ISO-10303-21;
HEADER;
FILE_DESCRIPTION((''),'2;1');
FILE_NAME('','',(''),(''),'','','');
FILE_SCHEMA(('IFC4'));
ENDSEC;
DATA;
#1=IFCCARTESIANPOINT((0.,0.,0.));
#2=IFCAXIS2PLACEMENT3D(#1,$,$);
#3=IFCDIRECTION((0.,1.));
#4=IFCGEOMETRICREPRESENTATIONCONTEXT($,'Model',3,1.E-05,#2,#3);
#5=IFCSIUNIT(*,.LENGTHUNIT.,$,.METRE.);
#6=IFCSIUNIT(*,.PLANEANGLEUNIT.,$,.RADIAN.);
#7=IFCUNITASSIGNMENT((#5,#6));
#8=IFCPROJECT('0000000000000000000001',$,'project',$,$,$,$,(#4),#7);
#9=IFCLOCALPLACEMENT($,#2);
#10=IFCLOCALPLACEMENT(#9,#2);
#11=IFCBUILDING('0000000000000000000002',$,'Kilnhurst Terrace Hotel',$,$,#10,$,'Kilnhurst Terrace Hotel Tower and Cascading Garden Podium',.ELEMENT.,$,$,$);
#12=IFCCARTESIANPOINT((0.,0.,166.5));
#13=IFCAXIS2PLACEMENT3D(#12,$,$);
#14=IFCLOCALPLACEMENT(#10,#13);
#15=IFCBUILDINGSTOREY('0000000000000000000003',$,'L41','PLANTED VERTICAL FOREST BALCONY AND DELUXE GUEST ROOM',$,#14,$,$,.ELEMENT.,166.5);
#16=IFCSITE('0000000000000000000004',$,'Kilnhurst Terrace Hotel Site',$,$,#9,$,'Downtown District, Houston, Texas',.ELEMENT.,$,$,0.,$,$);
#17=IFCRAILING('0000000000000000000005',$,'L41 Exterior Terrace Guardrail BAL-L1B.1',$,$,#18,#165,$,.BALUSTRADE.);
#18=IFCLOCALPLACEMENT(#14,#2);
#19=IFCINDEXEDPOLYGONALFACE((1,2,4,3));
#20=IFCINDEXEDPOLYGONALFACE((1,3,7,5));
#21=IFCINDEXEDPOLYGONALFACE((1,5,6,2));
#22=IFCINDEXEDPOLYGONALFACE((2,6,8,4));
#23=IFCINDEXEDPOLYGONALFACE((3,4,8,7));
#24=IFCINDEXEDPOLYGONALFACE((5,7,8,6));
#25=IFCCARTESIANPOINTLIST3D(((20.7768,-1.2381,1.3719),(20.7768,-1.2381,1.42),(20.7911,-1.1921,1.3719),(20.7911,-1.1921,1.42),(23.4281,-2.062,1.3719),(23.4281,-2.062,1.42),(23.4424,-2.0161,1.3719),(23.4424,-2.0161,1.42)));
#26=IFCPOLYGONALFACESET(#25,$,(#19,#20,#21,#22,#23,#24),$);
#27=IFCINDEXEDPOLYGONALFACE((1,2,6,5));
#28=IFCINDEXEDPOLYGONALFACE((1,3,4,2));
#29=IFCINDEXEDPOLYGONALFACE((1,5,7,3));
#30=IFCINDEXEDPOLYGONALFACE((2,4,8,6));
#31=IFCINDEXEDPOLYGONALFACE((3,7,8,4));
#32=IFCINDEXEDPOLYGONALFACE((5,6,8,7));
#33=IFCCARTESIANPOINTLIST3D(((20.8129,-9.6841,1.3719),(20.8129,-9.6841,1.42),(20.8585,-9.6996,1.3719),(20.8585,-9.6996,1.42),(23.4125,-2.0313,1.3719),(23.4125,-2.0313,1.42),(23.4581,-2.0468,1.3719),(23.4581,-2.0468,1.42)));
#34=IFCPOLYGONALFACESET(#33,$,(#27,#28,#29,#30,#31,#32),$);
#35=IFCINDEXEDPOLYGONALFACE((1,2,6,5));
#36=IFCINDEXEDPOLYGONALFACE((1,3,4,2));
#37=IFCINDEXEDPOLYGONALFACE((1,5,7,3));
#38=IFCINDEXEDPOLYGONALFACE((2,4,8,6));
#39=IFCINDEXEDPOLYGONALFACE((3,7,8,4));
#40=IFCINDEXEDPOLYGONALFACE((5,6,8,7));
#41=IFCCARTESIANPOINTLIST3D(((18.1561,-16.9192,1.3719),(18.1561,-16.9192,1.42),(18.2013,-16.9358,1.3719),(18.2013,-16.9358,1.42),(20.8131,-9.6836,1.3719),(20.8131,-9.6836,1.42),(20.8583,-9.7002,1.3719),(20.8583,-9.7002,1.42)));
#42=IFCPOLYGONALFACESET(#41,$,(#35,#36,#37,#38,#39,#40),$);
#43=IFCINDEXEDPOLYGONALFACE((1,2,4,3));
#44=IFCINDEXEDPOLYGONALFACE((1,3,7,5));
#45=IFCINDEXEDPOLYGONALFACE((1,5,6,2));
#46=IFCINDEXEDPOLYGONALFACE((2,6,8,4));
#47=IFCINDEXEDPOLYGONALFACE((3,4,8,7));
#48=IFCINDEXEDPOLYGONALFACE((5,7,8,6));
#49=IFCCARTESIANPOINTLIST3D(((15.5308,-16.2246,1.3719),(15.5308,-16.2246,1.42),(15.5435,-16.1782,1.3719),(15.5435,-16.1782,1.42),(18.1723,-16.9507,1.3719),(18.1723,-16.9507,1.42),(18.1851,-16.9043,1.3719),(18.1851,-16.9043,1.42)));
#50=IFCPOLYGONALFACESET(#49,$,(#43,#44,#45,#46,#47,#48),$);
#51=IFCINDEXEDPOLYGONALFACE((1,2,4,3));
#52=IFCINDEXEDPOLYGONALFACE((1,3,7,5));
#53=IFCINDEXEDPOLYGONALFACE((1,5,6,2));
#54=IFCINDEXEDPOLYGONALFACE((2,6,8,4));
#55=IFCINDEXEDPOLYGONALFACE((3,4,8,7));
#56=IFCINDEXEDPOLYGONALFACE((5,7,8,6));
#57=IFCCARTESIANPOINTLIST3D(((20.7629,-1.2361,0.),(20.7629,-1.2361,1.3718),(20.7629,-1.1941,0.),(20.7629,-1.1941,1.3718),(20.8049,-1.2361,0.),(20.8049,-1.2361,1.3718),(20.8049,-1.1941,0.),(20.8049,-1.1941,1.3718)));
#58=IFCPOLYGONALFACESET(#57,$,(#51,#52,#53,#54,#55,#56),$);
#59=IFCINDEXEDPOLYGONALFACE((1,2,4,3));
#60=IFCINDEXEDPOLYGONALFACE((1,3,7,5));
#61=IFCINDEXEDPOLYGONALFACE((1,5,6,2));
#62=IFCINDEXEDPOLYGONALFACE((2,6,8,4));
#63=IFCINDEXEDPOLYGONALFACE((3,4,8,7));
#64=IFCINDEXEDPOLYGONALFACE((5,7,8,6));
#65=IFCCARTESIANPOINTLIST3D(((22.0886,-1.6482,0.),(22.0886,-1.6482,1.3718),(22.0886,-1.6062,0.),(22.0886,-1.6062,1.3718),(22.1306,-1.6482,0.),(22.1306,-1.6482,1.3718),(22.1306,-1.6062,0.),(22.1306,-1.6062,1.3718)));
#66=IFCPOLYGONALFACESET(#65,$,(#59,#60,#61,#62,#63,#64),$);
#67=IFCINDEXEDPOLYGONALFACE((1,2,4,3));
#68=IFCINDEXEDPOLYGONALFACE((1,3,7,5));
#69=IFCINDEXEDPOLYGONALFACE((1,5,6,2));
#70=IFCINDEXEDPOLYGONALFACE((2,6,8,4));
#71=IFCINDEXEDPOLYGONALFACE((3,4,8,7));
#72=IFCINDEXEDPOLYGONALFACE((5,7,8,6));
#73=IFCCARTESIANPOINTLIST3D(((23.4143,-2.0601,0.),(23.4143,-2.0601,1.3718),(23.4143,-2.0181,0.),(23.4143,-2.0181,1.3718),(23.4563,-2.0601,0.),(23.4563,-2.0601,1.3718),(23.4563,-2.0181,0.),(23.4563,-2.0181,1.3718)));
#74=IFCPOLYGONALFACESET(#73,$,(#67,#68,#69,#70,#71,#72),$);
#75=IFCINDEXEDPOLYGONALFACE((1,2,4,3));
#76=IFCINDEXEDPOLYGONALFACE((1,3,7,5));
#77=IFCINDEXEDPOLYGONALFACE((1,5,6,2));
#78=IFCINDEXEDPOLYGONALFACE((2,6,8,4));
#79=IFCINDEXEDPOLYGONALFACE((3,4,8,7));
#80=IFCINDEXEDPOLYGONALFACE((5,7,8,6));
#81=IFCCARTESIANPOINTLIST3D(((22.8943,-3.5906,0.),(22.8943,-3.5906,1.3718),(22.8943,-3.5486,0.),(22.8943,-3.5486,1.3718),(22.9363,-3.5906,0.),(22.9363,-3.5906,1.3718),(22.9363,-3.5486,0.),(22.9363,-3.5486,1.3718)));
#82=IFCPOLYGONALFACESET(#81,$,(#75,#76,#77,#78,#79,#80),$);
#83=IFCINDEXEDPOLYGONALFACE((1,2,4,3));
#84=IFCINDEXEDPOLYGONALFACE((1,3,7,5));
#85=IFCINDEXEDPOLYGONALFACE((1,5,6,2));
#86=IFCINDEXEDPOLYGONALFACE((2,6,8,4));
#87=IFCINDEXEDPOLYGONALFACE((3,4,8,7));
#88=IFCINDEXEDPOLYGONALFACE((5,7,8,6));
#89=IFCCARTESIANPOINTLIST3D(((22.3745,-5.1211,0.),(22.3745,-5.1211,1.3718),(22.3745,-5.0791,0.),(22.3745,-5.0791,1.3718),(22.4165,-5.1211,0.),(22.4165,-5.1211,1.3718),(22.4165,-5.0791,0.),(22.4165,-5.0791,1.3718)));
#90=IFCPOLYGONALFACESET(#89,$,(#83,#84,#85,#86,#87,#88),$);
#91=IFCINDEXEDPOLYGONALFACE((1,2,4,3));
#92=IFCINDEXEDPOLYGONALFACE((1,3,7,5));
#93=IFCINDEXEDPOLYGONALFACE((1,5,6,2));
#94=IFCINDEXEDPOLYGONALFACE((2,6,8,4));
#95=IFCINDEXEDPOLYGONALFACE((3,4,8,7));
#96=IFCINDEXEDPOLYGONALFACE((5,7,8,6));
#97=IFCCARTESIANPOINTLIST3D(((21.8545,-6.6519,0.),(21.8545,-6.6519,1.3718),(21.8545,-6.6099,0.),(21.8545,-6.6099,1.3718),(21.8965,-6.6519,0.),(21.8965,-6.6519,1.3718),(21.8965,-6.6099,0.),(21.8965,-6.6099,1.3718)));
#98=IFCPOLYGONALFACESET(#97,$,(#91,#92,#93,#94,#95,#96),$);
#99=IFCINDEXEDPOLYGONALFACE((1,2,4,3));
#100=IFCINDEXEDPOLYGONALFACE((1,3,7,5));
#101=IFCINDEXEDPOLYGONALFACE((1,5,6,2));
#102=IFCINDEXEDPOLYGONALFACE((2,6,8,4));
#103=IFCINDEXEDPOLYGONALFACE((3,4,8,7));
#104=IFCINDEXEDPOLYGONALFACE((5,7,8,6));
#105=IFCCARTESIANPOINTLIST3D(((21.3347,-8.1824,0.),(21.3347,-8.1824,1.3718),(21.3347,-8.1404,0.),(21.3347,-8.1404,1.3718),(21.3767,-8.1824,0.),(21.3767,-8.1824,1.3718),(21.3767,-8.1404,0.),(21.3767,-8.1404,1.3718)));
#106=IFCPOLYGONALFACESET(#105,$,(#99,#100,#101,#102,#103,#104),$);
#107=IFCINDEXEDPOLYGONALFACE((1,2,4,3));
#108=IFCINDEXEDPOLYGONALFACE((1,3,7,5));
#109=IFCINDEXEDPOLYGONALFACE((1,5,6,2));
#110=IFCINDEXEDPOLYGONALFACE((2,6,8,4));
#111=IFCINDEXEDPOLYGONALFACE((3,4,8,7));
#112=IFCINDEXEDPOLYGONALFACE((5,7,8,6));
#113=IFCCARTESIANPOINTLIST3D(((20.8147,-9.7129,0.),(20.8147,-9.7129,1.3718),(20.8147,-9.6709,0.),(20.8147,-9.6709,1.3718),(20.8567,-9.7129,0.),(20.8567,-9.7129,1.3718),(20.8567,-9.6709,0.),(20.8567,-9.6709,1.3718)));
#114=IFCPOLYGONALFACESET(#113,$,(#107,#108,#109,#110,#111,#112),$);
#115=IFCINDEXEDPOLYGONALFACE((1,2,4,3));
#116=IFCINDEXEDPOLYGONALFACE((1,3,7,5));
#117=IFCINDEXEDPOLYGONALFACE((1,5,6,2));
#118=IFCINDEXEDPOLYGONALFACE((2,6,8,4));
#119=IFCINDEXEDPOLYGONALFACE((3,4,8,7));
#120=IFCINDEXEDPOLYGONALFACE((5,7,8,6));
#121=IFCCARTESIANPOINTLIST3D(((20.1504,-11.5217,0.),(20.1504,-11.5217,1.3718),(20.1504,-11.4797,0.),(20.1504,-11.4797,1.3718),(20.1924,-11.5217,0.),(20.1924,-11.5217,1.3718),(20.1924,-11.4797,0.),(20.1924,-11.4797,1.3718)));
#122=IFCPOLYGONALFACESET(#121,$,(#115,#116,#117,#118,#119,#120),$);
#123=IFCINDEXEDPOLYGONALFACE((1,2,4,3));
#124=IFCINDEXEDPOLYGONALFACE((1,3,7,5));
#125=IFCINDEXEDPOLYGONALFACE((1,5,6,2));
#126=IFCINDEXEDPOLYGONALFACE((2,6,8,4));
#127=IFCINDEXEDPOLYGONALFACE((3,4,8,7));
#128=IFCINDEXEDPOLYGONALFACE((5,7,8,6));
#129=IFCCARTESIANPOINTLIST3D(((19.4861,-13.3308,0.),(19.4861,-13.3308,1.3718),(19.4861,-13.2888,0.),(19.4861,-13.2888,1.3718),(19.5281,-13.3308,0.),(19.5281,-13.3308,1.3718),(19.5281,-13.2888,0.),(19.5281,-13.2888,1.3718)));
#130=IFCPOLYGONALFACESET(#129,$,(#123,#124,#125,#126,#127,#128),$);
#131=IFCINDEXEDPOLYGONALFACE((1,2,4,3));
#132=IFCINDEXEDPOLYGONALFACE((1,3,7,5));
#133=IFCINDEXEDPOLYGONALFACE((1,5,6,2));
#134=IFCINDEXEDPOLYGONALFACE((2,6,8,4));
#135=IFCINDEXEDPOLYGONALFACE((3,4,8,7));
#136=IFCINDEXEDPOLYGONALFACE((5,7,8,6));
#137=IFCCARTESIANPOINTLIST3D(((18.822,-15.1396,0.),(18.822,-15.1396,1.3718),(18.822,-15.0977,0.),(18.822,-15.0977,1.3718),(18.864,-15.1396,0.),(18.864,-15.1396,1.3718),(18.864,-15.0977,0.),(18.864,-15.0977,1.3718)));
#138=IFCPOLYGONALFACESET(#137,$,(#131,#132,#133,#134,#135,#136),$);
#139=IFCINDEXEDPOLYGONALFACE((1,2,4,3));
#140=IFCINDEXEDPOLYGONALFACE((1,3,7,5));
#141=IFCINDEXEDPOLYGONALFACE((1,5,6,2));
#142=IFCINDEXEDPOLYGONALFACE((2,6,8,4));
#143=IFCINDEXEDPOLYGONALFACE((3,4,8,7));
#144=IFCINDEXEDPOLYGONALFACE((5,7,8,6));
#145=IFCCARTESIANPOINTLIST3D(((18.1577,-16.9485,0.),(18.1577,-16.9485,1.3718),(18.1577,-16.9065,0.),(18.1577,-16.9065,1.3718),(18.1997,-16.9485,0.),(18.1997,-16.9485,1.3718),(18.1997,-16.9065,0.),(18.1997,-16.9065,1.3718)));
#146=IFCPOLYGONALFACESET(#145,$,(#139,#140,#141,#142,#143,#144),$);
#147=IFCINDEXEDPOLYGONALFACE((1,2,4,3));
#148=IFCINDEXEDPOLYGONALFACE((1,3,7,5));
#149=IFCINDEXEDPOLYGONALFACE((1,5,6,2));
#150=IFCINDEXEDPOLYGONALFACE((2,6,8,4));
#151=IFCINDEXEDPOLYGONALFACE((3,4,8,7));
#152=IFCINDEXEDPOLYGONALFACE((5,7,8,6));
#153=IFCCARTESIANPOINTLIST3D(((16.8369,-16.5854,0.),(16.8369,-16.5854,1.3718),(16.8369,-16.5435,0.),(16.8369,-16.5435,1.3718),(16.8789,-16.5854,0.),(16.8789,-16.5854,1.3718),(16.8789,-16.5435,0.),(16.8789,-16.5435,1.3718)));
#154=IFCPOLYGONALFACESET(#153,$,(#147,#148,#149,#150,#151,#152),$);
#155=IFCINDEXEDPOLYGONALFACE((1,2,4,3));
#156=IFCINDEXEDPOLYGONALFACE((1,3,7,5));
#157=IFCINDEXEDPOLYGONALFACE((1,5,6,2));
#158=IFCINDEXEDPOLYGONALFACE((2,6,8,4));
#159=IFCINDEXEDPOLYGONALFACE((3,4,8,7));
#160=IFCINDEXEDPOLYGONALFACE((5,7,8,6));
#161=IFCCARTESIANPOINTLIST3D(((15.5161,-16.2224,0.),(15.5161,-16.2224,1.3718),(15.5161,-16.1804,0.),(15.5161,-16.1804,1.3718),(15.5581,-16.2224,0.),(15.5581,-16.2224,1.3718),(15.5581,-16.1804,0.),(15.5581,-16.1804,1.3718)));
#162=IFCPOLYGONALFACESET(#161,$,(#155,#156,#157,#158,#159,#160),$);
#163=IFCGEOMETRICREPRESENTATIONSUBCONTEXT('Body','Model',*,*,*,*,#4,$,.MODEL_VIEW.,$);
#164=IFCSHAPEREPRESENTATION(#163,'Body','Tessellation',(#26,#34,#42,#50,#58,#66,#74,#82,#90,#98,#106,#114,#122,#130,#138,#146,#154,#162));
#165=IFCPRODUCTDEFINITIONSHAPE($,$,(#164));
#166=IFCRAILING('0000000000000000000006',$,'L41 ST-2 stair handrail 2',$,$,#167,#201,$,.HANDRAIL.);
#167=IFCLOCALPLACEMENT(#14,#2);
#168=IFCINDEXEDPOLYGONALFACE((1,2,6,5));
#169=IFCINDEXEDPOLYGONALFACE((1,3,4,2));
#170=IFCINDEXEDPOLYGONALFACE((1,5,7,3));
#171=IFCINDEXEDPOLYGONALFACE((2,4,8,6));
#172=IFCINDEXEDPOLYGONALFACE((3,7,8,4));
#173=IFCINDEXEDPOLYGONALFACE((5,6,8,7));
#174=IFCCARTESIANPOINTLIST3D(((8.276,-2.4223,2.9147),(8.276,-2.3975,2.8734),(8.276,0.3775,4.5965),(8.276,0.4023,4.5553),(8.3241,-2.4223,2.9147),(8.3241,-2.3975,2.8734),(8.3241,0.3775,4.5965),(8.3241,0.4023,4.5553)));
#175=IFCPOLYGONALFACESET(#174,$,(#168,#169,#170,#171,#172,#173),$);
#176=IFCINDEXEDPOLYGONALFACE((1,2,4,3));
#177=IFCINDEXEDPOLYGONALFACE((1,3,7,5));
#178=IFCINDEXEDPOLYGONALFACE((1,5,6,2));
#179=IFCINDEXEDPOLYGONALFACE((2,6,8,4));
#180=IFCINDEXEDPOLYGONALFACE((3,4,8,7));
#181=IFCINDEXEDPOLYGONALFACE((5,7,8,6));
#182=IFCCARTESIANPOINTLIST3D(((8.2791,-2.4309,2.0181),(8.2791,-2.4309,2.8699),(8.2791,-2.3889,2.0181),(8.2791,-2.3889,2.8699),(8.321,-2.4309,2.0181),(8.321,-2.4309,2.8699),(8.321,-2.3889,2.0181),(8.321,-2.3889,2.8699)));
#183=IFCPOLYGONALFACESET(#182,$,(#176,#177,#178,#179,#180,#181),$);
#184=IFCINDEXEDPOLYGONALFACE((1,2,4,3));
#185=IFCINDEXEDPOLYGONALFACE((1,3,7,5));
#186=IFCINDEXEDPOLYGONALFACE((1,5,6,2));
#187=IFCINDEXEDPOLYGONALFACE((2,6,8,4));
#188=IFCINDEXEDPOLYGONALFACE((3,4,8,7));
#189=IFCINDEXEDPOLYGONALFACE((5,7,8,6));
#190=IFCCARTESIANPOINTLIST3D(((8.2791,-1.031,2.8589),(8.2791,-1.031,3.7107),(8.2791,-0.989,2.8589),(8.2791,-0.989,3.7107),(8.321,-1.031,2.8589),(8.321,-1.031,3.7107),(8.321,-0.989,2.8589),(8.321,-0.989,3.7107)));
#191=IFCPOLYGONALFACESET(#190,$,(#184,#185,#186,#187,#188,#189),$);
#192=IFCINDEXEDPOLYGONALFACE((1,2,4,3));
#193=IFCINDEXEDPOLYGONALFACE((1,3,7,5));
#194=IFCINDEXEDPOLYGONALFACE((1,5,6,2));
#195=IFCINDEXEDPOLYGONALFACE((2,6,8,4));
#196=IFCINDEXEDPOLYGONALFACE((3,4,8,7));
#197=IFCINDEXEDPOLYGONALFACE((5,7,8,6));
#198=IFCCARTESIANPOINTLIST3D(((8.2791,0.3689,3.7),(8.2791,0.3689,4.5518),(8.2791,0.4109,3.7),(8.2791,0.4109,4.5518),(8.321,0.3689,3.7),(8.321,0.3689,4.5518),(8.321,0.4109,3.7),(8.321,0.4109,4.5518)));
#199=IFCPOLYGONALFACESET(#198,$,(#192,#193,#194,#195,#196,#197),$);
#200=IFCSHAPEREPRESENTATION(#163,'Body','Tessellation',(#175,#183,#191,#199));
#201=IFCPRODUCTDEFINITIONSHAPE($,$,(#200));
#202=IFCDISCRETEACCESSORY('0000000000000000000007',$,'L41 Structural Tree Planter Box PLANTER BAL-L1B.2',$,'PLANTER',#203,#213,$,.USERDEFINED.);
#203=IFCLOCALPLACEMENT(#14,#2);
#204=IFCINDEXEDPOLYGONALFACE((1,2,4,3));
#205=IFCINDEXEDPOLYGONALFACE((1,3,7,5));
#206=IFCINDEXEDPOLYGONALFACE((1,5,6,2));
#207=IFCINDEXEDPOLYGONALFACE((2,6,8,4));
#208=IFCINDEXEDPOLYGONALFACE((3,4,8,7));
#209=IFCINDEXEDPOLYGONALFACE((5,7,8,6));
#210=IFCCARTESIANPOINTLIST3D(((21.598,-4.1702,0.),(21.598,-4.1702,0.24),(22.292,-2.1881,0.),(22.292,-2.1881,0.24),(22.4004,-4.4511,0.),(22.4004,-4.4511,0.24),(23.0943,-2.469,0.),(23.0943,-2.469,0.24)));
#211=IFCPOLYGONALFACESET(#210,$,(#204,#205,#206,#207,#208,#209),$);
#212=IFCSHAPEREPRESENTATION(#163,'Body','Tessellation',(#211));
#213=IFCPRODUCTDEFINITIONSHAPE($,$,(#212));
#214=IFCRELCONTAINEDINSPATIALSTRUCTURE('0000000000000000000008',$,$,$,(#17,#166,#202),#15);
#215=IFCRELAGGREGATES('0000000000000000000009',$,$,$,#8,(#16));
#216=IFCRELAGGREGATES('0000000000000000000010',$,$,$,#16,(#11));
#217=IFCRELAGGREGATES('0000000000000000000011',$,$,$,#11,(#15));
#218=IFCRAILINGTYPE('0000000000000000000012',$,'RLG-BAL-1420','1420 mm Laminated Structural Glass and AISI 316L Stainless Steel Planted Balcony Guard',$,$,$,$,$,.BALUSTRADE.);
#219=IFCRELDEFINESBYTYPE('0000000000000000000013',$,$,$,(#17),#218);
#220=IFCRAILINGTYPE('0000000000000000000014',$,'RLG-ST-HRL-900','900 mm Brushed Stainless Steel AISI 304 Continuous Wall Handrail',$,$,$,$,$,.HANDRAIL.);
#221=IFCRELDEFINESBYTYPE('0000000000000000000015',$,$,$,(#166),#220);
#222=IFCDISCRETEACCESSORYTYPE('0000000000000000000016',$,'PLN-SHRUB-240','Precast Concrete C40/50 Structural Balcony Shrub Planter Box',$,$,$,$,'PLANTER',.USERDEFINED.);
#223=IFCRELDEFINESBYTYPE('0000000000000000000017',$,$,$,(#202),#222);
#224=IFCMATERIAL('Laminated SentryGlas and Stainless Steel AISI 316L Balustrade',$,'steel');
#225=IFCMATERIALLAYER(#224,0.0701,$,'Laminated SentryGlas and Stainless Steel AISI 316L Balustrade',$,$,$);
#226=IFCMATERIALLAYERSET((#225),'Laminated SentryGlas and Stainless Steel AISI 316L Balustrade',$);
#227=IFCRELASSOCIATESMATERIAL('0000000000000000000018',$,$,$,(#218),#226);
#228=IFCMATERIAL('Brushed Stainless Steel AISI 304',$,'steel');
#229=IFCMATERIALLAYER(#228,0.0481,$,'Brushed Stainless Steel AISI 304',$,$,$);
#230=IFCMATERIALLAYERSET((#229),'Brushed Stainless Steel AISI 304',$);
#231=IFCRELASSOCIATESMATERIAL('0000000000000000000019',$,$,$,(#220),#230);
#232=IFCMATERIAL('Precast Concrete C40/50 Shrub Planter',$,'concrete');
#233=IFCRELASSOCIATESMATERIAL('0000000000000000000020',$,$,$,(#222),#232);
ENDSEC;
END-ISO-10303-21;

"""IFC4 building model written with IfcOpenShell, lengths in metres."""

from ifc_helpers import new_model, si_unit, direction, frame, origin, origin_2d, place, context, subcontext, project, spatial, rectangle, extrude, material, layer, layer_set, type_object, element, save


model = new_model("IFC4")

# Units and contexts
model_context = context("Model", 3, precision=1e-05, world=origin(), true_north=direction((0.0, 1.0)))
body_context = subcontext(model_context, "Body", "Model", "MODEL_VIEW")
ifc_project = project(units=[si_unit("LENGTHUNIT", "METRE"), si_unit("PLANEANGLEUNIT", "RADIAN")], contexts=[model_context])

# Site, building, storey
site_placement = place(None, origin())
site = spatial("IfcSite", under=ifc_project, at=site_placement, Name="Kilnhurst Terrace Hotel Site", LongName="Downtown District, Houston, Texas", CompositionType="ELEMENT", RefElevation=0.0)
building_placement = place(site_placement, origin())
building = spatial("IfcBuilding", under=site, at=building_placement, Name="Kilnhurst Terrace Hotel", LongName="Kilnhurst Terrace Hotel Tower and Cascading Garden Podium", CompositionType="ELEMENT")
storey_placement = place(building_placement, frame((0.0, 0.0, 166.5)))
storey = spatial("IfcBuildingStorey", under=building, at=storey_placement, Name="L41", Description="PLANTED VERTICAL FOREST BALCONY AND DELUXE GUEST ROOM", CompositionType="ELEMENT", Elevation=166.5)

# Railings
ifc_material_1 = material(Name="Laminated SentryGlas and Stainless Steel AISI 316L Balustrade", Category="steel")
ifc_layer_1 = layer(ifc_material_1, 0.0701, Name="Laminated SentryGlas and Stainless Steel AISI 316L Balustrade")
ifc_layer_set_1 = layer_set([ifc_layer_1], Name="Laminated SentryGlas and Stainless Steel AISI 316L Balustrade")
railing_type_1 = type_object("IfcRailingType", Name="RLG-BAL-1420", Description="1420 mm Laminated Structural Glass and AISI 316L Stainless Steel Planted Balcony Guard", PredefinedType="BALUSTRADE", material=ifc_layer_set_1)
railing_1_placement = place(storey_placement, frame((20.7839, -1.2151, 0.0)))
element("IfcRailing", 1, at=railing_1_placement, inside=storey, type_object=railing_type_1, Name="L41 Exterior Terrace Guardrail BAL-L1B.1", PredefinedType="BALUSTRADE", context=body_context, shape_type="SweptSolid", body=[
    extrude(rectangle(XDim=0.0481, YDim=0.0481, at=origin_2d()), frame((0.0, 0.0, 1.396), z_axis=(0.954948, -0.296773, 0.0), x_axis=(0.296773, 0.954948, 0.0)), (0.0, 0.0, 1.0), 2.7764),
    extrude(rectangle(XDim=0.0481, YDim=0.0481, at=origin_2d()), frame((2.6514, -0.824, 1.396), z_axis=(-0.321642, -0.946861, 0.0), x_axis=(0.946861, -0.321642, 0.0)), (0.0, 0.0, 1.0), 8.0823),
    extrude(rectangle(XDim=0.0481, YDim=0.0481, at=origin_2d()), frame((0.0518, -8.4768, 1.396), z_axis=(-0.344704, -0.938711, 0.0), x_axis=(0.938711, -0.344704, 0.0)), (0.0, 0.0, 1.0), 7.708),
    extrude(rectangle(XDim=0.0481, YDim=0.0481, at=origin_2d()), frame((-2.6052, -15.7124, 1.396), z_axis=(-0.96424, 0.265032, 0.0), x_axis=(-0.265032, -0.96424, 0.0)), (0.0, 0.0, 1.0), 2.7395),
    extrude(rectangle(XDim=0.042, YDim=0.042, at=origin_2d()), origin(), (0.0, 0.0, 1.0), 1.3718),
    extrude(rectangle(XDim=0.042, YDim=0.042, at=origin_2d()), frame((1.3257, -0.4121, 0.0)), (0.0, 0.0, 1.0), 1.3718),
    extrude(rectangle(XDim=0.042, YDim=0.042, at=origin_2d()), frame((2.6514, -0.824, 0.0)), (0.0, 0.0, 1.0), 1.3718),
    extrude(rectangle(XDim=0.042, YDim=0.042, at=origin_2d()), frame((2.1313, -2.3545, 0.0)), (0.0, 0.0, 1.0), 1.3718),
    extrude(rectangle(XDim=0.042, YDim=0.042, at=origin_2d()), frame((1.6116, -3.885, 0.0)), (0.0, 0.0, 1.0), 1.3718),
    extrude(rectangle(XDim=0.042, YDim=0.042, at=origin_2d()), frame((1.0916, -5.4158, 0.0)), (0.0, 0.0, 1.0), 1.3718),
    extrude(rectangle(XDim=0.042, YDim=0.042, at=origin_2d()), frame((0.5718, -6.9463, 0.0)), (0.0, 0.0, 1.0), 1.3718),
    extrude(rectangle(XDim=0.042, YDim=0.042, at=origin_2d()), frame((0.0518, -8.4768, 0.0)), (0.0, 0.0, 1.0), 1.3718),
    extrude(rectangle(XDim=0.042, YDim=0.042, at=origin_2d()), frame((-0.6125, -10.2856, 0.0)), (0.0, 0.0, 1.0), 1.3718),
    extrude(rectangle(XDim=0.042, YDim=0.042, at=origin_2d()), frame((-1.2769, -12.0947, 0.0)), (0.0, 0.0, 1.0), 1.3718),
    extrude(rectangle(XDim=0.042, YDim=0.042, at=origin_2d()), frame((-1.9409, -13.9036, 0.0)), (0.0, 0.0, 1.0), 1.3718),
    extrude(rectangle(XDim=0.042, YDim=0.042, at=origin_2d()), frame((-2.6052, -15.7124, 0.0)), (0.0, 0.0, 1.0), 1.3718),
    extrude(rectangle(XDim=0.042, YDim=0.042, at=origin_2d()), frame((-3.926, -15.3494, 0.0)), (0.0, 0.0, 1.0), 1.3718),
    extrude(rectangle(XDim=0.042, YDim=0.042, at=origin_2d()), frame((-5.2468, -14.9863, 0.0)), (0.0, 0.0, 1.0), 1.3718),
])
ifc_material_2 = material(Name="Brushed Stainless Steel AISI 304", Category="steel")
ifc_layer_2 = layer(ifc_material_2, 0.0481, Name="Brushed Stainless Steel AISI 304")
ifc_layer_set_2 = layer_set([ifc_layer_2], Name="Brushed Stainless Steel AISI 304")
railing_type_2 = type_object("IfcRailingType", Name="RLG-ST-HRL-900", Description="900 mm Brushed Stainless Steel AISI 304 Continuous Wall Handrail", PredefinedType="HANDRAIL", material=ifc_layer_set_2)
railing_2_placement = place(storey_placement, frame((8.3, -2.4099, 2.0181)))
element("IfcRailing", 2, at=railing_2_placement, inside=storey, type_object=railing_type_2, Name="L41 ST-2 stair handrail 2", PredefinedType="HANDRAIL", context=body_context, shape_type="SweptSolid", body=[
    extrude(rectangle(XDim=0.0481, YDim=0.0481, at=origin_2d()), frame((0.0, 0.0, 0.876), z_axis=(0.0, 0.857222, 0.514946), x_axis=(-1.0, 0.0, 0.0)), (0.0, 0.0, 1.0), 3.2661),
    extrude(rectangle(XDim=0.042, YDim=0.042, at=origin_2d()), origin(), (0.0, 0.0, 1.0), 0.8518),
    extrude(rectangle(XDim=0.042, YDim=0.042, at=origin_2d()), frame((0.0, 1.3999, 0.8408)), (0.0, 0.0, 1.0), 0.8518),
    extrude(rectangle(XDim=0.042, YDim=0.042, at=origin_2d()), frame((0.0, 2.7998, 1.6819)), (0.0, 0.0, 1.0), 0.8518),
])

# Discrete accessory
ifc_material_3 = material(Name="Precast Concrete C40/50 Shrub Planter", Category="concrete")
discrete_accessory_type = type_object("IfcDiscreteAccessoryType", Name="PLN-SHRUB-240", Description="Precast Concrete C40/50 Structural Balcony Shrub Planter Box", ElementType="PLANTER", PredefinedType="USERDEFINED", material=ifc_material_3)
discrete_accessory_placement = place(storey_placement, frame((22.3462, -3.3196, 0.0), z_axis=(0.0, 0.0, 1.0), x_axis=(0.330432, 0.94383, 0.0)))
element("IfcDiscreteAccessory", 3, at=discrete_accessory_placement, inside=storey, type_object=discrete_accessory_type, Name="L41 Structural Tree Planter Box PLANTER BAL-L1B.2", ObjectType="PLANTER", PredefinedType="USERDEFINED", context=body_context, shape_type="SweptSolid", body=[
    extrude(rectangle(XDim=2.1001, YDim=0.8501, at=origin_2d()), origin(), (0.0, 0.0, 1.0), 0.24),
])

save(model, "model.ifc")
